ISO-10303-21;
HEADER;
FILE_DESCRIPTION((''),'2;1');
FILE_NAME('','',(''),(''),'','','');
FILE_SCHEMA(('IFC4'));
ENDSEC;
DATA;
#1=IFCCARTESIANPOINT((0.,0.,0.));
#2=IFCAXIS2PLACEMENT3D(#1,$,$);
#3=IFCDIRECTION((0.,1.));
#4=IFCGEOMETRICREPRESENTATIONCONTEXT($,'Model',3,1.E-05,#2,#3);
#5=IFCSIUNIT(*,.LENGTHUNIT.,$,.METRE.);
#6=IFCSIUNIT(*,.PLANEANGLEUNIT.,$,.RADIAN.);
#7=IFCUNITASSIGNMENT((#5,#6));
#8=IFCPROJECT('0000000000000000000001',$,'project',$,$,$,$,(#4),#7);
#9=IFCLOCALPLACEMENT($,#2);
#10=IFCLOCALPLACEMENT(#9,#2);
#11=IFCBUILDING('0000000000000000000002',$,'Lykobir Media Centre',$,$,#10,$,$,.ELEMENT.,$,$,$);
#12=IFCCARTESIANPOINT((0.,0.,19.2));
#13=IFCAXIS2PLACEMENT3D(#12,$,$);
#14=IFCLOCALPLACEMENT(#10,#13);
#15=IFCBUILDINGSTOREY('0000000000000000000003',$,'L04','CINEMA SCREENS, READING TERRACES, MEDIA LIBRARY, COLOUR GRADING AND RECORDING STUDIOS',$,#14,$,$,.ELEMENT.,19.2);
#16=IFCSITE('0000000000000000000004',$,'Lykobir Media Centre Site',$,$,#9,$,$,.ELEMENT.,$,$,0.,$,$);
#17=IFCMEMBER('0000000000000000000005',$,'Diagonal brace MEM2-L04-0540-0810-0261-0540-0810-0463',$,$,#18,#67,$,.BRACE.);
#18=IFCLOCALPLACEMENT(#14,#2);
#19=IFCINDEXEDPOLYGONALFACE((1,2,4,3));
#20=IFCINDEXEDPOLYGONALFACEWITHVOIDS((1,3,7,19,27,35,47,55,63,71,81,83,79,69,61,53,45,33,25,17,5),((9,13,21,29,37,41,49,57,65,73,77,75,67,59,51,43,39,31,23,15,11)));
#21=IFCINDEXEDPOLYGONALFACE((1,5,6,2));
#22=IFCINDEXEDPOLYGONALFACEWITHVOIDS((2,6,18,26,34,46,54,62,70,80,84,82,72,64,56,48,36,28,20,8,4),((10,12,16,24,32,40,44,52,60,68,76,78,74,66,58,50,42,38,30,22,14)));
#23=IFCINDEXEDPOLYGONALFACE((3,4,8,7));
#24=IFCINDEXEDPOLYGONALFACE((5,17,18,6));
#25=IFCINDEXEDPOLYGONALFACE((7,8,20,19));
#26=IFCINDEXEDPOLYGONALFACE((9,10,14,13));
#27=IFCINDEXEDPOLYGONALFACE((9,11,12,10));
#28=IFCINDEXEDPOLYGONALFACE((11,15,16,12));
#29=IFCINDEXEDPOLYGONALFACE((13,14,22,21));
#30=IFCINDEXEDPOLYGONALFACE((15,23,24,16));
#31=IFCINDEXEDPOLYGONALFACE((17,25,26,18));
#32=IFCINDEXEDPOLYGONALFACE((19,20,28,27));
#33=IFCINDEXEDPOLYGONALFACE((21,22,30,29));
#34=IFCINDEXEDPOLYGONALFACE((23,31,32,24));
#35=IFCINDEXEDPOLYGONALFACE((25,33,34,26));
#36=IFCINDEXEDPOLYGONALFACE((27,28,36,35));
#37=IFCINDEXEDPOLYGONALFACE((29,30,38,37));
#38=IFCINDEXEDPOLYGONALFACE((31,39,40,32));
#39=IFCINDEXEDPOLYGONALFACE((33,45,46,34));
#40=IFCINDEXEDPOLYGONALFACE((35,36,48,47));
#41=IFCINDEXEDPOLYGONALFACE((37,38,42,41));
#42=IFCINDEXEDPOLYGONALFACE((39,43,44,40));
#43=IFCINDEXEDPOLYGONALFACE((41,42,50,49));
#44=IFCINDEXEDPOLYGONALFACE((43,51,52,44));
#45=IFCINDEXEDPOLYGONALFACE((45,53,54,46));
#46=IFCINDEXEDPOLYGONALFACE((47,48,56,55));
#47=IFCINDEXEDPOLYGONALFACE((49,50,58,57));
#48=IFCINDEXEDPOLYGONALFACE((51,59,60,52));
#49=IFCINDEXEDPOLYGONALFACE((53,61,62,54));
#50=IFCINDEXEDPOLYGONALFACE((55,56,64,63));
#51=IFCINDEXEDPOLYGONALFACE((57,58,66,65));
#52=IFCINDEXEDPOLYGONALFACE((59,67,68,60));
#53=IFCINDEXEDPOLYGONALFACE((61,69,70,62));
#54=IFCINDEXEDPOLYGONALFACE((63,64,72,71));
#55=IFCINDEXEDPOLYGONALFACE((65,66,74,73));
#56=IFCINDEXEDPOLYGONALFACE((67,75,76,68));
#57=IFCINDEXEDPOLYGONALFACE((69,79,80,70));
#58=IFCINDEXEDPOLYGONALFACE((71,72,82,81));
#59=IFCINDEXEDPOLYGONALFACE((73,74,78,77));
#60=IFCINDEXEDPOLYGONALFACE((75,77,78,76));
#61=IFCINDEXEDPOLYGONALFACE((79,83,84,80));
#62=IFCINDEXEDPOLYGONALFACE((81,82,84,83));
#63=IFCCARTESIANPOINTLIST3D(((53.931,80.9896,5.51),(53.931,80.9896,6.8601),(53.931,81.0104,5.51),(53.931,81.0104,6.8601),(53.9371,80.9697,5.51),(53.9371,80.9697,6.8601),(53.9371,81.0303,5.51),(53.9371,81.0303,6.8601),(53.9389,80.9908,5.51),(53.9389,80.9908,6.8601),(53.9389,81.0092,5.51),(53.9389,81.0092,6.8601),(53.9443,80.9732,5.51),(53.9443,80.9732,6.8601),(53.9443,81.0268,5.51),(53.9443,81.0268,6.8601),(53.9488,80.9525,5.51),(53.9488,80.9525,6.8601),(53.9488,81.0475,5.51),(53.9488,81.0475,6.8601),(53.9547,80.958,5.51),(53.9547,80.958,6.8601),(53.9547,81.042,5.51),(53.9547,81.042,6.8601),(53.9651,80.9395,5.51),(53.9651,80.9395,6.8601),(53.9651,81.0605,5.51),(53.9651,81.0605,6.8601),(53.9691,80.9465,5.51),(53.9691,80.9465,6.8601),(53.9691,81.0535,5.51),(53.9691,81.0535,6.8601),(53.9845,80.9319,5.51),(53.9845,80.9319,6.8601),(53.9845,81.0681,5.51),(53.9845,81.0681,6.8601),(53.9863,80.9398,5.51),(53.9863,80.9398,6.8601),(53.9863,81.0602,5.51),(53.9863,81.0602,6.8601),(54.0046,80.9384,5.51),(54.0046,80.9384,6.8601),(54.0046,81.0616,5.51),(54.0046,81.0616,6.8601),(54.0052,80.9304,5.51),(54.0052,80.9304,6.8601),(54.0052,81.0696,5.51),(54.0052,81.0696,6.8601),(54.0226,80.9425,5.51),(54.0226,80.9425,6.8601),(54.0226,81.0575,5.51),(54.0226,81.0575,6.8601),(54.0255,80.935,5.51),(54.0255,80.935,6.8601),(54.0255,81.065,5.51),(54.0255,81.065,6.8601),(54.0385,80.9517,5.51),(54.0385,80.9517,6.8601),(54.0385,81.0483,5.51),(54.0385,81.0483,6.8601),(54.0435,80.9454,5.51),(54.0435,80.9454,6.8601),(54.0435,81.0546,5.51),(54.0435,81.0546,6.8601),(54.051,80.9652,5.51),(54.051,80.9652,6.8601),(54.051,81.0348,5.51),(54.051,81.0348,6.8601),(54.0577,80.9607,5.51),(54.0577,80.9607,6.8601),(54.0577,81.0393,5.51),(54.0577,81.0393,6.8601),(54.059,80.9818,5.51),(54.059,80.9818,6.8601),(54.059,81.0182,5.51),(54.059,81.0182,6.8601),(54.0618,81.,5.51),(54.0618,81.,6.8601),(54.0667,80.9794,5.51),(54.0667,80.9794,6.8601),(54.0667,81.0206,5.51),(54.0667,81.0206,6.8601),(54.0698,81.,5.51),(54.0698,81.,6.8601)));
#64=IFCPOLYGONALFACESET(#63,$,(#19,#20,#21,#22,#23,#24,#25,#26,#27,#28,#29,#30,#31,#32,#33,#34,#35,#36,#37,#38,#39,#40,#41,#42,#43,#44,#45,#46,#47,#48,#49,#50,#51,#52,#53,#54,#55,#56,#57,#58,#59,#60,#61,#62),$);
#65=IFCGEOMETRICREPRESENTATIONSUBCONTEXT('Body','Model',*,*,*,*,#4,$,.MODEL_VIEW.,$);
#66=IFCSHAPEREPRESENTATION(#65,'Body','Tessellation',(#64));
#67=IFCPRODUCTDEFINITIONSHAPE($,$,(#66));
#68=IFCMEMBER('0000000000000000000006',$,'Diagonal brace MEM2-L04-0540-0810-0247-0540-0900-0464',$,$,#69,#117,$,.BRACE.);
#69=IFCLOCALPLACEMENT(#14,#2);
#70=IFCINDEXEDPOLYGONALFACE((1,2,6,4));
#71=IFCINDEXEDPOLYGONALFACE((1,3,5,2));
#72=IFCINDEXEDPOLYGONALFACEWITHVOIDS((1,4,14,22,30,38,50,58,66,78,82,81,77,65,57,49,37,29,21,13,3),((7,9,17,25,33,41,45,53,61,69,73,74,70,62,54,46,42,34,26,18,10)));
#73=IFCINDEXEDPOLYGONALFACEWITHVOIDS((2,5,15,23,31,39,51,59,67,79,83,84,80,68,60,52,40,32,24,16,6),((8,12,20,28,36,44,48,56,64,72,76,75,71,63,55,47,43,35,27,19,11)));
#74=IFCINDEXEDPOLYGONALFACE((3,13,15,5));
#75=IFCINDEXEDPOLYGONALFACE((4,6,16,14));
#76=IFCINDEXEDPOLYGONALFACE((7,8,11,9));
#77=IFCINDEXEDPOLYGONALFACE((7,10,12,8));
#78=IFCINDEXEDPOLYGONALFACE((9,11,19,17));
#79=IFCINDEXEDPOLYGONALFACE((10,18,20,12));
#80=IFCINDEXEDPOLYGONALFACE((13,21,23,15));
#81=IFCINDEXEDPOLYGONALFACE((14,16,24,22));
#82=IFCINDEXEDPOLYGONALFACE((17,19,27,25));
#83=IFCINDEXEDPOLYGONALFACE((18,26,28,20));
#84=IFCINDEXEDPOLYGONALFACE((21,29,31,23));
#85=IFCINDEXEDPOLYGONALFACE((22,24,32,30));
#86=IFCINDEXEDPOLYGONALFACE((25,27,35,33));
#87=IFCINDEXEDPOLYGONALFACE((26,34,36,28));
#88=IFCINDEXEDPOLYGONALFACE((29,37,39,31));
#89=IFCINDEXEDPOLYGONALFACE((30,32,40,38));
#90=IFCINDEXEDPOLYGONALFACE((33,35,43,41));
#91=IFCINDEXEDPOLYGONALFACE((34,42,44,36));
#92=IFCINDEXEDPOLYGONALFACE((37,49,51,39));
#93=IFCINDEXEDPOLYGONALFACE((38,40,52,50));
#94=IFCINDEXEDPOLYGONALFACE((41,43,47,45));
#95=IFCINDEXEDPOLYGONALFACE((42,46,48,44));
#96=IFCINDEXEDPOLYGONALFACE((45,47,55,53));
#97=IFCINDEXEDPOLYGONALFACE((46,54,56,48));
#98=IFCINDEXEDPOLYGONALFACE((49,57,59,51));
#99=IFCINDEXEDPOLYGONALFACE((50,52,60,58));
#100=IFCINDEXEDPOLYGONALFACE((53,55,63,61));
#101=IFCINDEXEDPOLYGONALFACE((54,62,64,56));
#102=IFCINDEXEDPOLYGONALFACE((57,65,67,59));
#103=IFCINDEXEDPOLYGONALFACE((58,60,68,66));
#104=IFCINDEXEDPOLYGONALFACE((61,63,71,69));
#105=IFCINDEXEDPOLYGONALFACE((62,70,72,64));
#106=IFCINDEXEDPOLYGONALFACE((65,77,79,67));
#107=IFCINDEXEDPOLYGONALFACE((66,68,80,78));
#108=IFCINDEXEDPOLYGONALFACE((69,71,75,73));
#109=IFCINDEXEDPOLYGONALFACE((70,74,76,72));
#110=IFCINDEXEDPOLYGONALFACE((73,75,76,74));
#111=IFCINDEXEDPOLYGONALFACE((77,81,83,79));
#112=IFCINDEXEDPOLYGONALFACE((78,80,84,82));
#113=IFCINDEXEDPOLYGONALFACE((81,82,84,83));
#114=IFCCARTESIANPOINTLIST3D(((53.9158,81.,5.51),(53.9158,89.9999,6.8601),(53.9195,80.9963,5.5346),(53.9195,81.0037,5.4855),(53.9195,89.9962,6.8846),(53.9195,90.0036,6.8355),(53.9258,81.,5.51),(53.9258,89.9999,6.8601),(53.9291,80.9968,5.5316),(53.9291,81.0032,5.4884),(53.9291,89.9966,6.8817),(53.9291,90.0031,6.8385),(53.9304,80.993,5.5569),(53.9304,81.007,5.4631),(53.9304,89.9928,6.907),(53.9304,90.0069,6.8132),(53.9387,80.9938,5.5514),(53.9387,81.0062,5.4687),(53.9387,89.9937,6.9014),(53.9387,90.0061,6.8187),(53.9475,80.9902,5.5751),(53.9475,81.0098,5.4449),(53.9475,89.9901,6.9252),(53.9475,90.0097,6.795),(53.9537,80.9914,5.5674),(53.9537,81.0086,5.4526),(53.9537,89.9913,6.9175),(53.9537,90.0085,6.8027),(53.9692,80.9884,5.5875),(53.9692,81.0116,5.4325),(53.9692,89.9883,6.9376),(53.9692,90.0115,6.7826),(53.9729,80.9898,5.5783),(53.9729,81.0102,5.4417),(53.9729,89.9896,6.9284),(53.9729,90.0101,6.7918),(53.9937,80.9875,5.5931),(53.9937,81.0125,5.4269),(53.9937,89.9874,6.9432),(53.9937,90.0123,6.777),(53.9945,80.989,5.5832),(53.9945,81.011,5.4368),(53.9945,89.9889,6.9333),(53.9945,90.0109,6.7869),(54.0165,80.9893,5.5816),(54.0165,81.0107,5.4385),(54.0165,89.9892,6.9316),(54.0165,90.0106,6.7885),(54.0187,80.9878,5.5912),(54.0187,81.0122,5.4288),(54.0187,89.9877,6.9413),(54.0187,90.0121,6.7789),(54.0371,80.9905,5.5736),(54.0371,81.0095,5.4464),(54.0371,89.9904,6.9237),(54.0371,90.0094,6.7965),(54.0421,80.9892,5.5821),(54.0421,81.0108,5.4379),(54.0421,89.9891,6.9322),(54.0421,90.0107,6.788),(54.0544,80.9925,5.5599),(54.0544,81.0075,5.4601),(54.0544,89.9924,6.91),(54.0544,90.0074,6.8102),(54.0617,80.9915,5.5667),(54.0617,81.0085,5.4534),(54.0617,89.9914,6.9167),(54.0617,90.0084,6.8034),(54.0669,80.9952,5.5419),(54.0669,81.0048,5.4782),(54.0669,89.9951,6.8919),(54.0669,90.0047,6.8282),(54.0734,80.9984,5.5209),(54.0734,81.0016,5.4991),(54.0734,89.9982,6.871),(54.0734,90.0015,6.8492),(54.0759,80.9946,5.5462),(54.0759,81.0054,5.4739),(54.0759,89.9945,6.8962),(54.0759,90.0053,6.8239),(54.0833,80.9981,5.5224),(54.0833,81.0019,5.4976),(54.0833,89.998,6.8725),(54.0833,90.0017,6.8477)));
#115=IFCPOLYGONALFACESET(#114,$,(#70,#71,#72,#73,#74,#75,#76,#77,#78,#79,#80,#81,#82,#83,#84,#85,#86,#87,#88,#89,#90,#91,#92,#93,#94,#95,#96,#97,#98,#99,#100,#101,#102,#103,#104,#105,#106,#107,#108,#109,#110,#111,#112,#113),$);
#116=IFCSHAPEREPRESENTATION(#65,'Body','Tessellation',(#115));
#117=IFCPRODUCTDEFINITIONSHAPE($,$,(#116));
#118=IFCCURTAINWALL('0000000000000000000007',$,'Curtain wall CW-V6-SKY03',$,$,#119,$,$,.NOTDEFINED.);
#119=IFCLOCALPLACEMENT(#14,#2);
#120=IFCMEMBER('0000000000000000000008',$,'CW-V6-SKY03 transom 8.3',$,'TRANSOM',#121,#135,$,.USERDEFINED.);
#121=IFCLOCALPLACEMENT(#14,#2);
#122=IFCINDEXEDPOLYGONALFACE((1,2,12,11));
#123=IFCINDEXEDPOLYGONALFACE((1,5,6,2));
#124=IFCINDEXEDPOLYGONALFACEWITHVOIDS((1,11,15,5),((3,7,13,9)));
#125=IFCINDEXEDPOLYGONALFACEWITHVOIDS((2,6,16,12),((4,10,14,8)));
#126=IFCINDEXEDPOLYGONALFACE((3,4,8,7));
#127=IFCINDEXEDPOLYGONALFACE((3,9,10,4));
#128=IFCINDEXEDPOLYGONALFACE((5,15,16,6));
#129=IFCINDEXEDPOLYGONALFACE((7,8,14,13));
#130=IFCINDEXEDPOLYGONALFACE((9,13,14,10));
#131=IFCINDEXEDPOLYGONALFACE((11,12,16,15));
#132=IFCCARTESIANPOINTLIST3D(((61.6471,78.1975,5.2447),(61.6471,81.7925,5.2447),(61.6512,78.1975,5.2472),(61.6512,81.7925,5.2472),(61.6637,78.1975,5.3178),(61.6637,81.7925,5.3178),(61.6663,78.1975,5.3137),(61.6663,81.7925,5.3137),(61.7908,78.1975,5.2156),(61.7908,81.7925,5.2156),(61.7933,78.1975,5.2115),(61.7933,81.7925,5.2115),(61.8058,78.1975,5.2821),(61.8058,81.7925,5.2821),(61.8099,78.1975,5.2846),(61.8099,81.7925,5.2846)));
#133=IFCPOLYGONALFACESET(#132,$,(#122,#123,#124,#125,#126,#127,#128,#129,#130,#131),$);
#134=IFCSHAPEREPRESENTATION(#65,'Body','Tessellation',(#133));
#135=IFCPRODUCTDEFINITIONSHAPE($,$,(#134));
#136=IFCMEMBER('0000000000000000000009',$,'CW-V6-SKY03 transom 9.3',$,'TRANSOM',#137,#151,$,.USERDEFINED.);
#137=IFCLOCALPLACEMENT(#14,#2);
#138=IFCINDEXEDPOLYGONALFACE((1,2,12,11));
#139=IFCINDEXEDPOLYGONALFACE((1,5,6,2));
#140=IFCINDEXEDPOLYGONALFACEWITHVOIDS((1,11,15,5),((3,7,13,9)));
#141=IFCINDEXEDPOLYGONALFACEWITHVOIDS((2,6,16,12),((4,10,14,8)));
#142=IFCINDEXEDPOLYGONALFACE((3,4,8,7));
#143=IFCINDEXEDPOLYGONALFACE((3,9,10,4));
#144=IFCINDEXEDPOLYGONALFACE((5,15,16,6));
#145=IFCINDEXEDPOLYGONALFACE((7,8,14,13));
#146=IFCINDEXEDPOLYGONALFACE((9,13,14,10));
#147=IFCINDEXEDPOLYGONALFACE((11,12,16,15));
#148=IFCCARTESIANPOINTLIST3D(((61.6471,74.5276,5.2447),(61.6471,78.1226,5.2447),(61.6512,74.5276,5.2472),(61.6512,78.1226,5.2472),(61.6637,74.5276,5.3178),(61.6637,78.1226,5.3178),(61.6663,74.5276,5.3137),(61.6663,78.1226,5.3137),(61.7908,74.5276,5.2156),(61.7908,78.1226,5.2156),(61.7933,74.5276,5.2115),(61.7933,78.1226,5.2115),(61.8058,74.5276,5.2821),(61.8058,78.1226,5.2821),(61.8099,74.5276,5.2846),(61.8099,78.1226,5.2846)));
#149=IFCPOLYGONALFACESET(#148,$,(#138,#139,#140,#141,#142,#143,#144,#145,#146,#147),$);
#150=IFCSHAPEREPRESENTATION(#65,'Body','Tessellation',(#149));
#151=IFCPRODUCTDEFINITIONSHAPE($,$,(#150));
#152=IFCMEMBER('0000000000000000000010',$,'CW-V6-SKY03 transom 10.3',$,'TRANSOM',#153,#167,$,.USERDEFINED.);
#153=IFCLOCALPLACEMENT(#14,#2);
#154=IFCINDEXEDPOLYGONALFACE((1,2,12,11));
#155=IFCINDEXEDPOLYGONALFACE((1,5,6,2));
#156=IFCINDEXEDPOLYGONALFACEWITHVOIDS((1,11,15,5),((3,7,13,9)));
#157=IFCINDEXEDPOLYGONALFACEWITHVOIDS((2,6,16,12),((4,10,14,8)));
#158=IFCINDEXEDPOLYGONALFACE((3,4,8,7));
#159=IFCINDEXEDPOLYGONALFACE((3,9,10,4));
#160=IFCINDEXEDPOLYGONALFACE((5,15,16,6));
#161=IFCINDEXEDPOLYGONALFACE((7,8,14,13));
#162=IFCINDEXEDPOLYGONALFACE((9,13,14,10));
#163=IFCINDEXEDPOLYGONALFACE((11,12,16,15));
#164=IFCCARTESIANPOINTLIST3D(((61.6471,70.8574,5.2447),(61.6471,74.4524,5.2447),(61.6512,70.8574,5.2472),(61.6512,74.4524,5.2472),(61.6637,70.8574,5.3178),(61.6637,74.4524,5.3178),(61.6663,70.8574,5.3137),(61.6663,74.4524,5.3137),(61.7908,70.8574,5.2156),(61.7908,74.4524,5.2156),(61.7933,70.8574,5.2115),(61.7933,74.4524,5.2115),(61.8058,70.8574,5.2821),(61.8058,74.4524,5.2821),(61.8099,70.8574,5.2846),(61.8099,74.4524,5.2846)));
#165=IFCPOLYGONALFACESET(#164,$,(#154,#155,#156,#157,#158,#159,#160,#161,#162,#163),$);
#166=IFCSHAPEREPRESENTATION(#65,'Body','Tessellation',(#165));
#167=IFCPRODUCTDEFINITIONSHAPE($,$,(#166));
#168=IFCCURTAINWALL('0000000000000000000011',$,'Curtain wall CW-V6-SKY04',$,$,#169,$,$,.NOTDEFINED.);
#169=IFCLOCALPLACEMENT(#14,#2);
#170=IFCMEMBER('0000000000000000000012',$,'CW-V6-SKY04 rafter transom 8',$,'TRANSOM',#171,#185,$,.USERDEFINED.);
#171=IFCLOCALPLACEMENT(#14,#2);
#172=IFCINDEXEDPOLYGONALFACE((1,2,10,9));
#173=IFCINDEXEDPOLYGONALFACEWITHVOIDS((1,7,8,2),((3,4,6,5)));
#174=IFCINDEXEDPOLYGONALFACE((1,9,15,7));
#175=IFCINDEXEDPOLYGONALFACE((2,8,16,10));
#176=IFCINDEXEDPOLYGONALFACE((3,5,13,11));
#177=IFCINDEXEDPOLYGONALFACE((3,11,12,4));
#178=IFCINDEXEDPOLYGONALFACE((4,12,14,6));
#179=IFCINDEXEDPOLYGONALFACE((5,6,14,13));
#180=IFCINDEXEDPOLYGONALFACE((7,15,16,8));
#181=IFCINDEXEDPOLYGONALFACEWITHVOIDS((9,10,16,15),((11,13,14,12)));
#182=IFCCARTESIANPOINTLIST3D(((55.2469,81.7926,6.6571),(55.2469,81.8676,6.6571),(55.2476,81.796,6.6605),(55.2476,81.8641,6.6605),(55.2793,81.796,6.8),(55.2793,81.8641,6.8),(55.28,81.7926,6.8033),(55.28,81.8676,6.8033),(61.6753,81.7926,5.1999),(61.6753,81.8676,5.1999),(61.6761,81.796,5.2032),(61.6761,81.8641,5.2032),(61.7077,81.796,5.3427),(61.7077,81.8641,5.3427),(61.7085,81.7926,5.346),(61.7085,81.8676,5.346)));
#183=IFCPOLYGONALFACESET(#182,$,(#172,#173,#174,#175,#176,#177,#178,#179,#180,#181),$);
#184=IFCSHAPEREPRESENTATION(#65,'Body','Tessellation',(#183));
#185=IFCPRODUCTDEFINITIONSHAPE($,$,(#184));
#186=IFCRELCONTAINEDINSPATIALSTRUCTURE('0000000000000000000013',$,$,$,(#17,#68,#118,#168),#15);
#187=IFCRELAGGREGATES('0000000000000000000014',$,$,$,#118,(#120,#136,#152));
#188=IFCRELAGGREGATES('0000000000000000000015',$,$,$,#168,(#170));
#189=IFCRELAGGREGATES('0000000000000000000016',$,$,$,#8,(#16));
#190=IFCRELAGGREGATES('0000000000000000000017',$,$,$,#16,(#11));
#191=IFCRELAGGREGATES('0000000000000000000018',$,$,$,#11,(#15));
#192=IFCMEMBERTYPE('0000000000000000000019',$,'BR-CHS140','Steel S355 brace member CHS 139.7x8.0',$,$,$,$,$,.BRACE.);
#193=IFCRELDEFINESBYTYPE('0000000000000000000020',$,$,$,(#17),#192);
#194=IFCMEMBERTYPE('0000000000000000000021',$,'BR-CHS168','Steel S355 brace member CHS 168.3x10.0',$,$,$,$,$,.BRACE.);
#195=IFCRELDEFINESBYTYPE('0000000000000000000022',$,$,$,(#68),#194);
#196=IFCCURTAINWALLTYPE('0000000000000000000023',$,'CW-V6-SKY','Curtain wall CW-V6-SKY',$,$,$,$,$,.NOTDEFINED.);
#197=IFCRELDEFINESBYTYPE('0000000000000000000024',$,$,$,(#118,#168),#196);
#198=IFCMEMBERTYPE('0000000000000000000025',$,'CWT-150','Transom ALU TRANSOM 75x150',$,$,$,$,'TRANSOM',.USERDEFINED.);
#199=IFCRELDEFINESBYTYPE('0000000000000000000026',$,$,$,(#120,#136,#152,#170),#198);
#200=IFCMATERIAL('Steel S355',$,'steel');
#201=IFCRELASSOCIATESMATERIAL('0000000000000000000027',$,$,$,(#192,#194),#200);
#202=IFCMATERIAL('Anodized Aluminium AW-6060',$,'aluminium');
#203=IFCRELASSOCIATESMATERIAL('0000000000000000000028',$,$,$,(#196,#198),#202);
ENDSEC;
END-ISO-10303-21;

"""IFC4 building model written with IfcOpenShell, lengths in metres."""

from ifc_helpers import new_model, si_unit, direction, frame, origin, origin_2d, place, context, subcontext, project, spatial, hollow_rectangle, hollow_circle, extrude, material, material_profile, profile_set, type_object, element, aggregate, save


model = new_model("IFC4")

# Units and contexts
model_context = context("Model", 3, precision=1e-05, world=origin(), true_north=direction((0.0, 1.0)))
body_context = subcontext(model_context, "Body", "Model", "MODEL_VIEW")
ifc_project = project(units=[si_unit("LENGTHUNIT", "METRE"), si_unit("PLANEANGLEUNIT", "RADIAN")], contexts=[model_context])

# Site, building, storey
site_placement = place(None, origin())
site = spatial("IfcSite", under=ifc_project, at=site_placement, Name="Lykobir Media Centre Site", CompositionType="ELEMENT", RefElevation=0.0)
building_placement = place(site_placement, origin())
building = spatial("IfcBuilding", under=site, at=building_placement, Name="Lykobir Media Centre", CompositionType="ELEMENT")
storey_placement = place(building_placement, frame((0.0, 0.0, 19.2)))
storey = spatial("IfcBuildingStorey", under=building, at=storey_placement, Name="L04", Description="CINEMA SCREENS, READING TERRACES, MEDIA LIBRARY, COLOUR GRADING AND RECORDING STUDIOS", CompositionType="ELEMENT", Elevation=19.2)

# Members
ifc_material_1 = material(Name="Steel S355", Category="steel")
ifc_material_profile_1 = material_profile(ifc_material_1, hollow_circle(Radius=0.0698, WallThickness=0.0081, at=origin_2d()), Name="CHS 139.7x8.0")
ifc_profile_set_1 = profile_set([ifc_material_profile_1], Name="Steel S355")
member_type_1 = type_object("IfcMemberType", Name="BR-CHS140", Description="Steel S355 brace member CHS 139.7x8.0", PredefinedType="BRACE", material=ifc_profile_set_1)
member_1_placement = place(storey_placement, frame((54.0, 81.0, 6.8601), z_axis=(0.0, 0.0, -1.0), x_axis=(1.0, 0.0, 0.0)))
element("IfcMember", 1, at=member_1_placement, inside=storey, type_object=member_type_1, Name="Diagonal brace MEM2-L04-0540-0810-0261-0540-0810-0463", PredefinedType="BRACE", context=body_context, shape_type="SweptSolid", body=[
    extrude(hollow_circle(Radius=0.0698, WallThickness=0.0081, at=origin_2d()), origin(), (0.0, 0.0, 1.0), 1.3501),
])
ifc_material_profile_2 = material_profile(ifc_material_1, hollow_circle(Radius=0.0842, WallThickness=0.01, at=origin_2d()), Name="CHS 168.3x10.0")
ifc_profile_set_2 = profile_set([ifc_material_profile_2], Name="Steel S355")
member_type_2 = type_object("IfcMemberType", Name="BR-CHS168", Description="Steel S355 brace member CHS 168.3x10.0", PredefinedType="BRACE", material=ifc_profile_set_2)
member_2_placement = place(storey_placement, frame((54.0, 81.0, 5.51), z_axis=(0.0, 0.988935, 0.148351), x_axis=(-1.0, 0.0, 0.0)))
element("IfcMember", 2, at=member_2_placement, inside=storey, type_object=member_type_2, Name="Diagonal brace MEM2-L04-0540-0810-0247-0540-0900-0464", PredefinedType="BRACE", context=body_context, shape_type="SweptSolid", body=[
    extrude(hollow_circle(Radius=0.0842, WallThickness=0.01, at=origin_2d()), origin(), (0.0, 0.0, 1.0), 9.1006),
])

# Curtain walls, members
ifc_material_2 = material(Name="Anodized Aluminium AW-6060", Category="aluminium")
curtain_wall_type = type_object("IfcCurtainWallType", Name="CW-V6-SKY", Description="Curtain wall CW-V6-SKY", PredefinedType="NOTDEFINED", material=ifc_material_2)
curtain_wall_1_placement = place(storey_placement, origin())
curtain_wall_1 = element("IfcCurtainWall", 3, at=curtain_wall_1_placement, inside=storey, type_object=curtain_wall_type, Name="Curtain wall CW-V6-SKY03", PredefinedType="NOTDEFINED")
ifc_material_profile_3 = material_profile(ifc_material_2, hollow_rectangle(XDim=0.075, YDim=0.1499, WallThickness=0.0034, at=origin_2d()), Name="ALU TRANSOM 75x150")
ifc_profile_set_3 = profile_set([ifc_material_profile_3], Name="Anodized Aluminium AW-6060")
member_type_3 = type_object("IfcMemberType", Name="CWT-150", Description="Transom ALU TRANSOM 75x150", ElementType="TRANSOM", PredefinedType="USERDEFINED", material=ifc_profile_set_3)
member_3_placement = place(storey_placement, frame((61.7285, 81.7925, 5.2646), z_axis=(0.0, -1.0, 0.0), x_axis=(0.221055, 0.0, 0.975261)))
member_3 = element("IfcMember", 4, at=member_3_placement, type_object=member_type_3, Name="CW-V6-SKY03 transom 8.3", ObjectType="TRANSOM", PredefinedType="USERDEFINED", context=body_context, shape_type="SweptSolid", body=[
    extrude(hollow_rectangle(XDim=0.075, YDim=0.1499, WallThickness=0.0034, at=origin_2d()), origin(), (0.0, 0.0, 1.0), 3.595),
])
member_4_placement = place(storey_placement, frame((61.7285, 78.1226, 5.2646), z_axis=(0.0, -1.0, 0.0), x_axis=(0.221055, 0.0, 0.975261)))
member_4 = element("IfcMember", 5, at=member_4_placement, type_object=member_type_3, Name="CW-V6-SKY03 transom 9.3", ObjectType="TRANSOM", PredefinedType="USERDEFINED", context=body_context, shape_type="SweptSolid", body=[
    extrude(hollow_rectangle(XDim=0.075, YDim=0.1499, WallThickness=0.0034, at=origin_2d()), origin(), (0.0, 0.0, 1.0), 3.595),
])
member_5_placement = place(storey_placement, frame((61.7285, 74.4524, 5.2646), z_axis=(0.0, -1.0, 0.0), x_axis=(0.221055, 0.0, 0.975261)))
member_5 = element("IfcMember", 6, at=member_5_placement, type_object=member_type_3, Name="CW-V6-SKY03 transom 10.3", ObjectType="TRANSOM", PredefinedType="USERDEFINED", context=body_context, shape_type="SweptSolid", body=[
    extrude(hollow_rectangle(XDim=0.075, YDim=0.1499, WallThickness=0.0034, at=origin_2d()), origin(), (0.0, 0.0, 1.0), 3.595),
])
aggregate(curtain_wall_1, [member_3, member_4, member_5])
curtain_wall_2_placement = place(storey_placement, origin())
curtain_wall_2 = element("IfcCurtainWall", 7, at=curtain_wall_2_placement, inside=storey, type_object=curtain_wall_type, Name="Curtain wall CW-V6-SKY04", PredefinedType="NOTDEFINED")
member_6_placement = place(storey_placement, frame((61.6919, 81.8301, 5.2729), z_axis=(-0.975255, 0.0, 0.221082), x_axis=(0.0, -1.0, 0.0)))
member_6 = element("IfcMember", 8, at=member_6_placement, type_object=member_type_3, Name="CW-V6-SKY04 rafter transom 8", ObjectType="TRANSOM", PredefinedType="USERDEFINED", context=body_context, shape_type="SweptSolid", body=[
    extrude(hollow_rectangle(XDim=0.075, YDim=0.1499, WallThickness=0.0034, at=origin_2d()), origin(), (0.0, 0.0, 1.0), 6.5916),
])

aggregate(curtain_wall_2, [member_6])

save(model, "model.ifc")
